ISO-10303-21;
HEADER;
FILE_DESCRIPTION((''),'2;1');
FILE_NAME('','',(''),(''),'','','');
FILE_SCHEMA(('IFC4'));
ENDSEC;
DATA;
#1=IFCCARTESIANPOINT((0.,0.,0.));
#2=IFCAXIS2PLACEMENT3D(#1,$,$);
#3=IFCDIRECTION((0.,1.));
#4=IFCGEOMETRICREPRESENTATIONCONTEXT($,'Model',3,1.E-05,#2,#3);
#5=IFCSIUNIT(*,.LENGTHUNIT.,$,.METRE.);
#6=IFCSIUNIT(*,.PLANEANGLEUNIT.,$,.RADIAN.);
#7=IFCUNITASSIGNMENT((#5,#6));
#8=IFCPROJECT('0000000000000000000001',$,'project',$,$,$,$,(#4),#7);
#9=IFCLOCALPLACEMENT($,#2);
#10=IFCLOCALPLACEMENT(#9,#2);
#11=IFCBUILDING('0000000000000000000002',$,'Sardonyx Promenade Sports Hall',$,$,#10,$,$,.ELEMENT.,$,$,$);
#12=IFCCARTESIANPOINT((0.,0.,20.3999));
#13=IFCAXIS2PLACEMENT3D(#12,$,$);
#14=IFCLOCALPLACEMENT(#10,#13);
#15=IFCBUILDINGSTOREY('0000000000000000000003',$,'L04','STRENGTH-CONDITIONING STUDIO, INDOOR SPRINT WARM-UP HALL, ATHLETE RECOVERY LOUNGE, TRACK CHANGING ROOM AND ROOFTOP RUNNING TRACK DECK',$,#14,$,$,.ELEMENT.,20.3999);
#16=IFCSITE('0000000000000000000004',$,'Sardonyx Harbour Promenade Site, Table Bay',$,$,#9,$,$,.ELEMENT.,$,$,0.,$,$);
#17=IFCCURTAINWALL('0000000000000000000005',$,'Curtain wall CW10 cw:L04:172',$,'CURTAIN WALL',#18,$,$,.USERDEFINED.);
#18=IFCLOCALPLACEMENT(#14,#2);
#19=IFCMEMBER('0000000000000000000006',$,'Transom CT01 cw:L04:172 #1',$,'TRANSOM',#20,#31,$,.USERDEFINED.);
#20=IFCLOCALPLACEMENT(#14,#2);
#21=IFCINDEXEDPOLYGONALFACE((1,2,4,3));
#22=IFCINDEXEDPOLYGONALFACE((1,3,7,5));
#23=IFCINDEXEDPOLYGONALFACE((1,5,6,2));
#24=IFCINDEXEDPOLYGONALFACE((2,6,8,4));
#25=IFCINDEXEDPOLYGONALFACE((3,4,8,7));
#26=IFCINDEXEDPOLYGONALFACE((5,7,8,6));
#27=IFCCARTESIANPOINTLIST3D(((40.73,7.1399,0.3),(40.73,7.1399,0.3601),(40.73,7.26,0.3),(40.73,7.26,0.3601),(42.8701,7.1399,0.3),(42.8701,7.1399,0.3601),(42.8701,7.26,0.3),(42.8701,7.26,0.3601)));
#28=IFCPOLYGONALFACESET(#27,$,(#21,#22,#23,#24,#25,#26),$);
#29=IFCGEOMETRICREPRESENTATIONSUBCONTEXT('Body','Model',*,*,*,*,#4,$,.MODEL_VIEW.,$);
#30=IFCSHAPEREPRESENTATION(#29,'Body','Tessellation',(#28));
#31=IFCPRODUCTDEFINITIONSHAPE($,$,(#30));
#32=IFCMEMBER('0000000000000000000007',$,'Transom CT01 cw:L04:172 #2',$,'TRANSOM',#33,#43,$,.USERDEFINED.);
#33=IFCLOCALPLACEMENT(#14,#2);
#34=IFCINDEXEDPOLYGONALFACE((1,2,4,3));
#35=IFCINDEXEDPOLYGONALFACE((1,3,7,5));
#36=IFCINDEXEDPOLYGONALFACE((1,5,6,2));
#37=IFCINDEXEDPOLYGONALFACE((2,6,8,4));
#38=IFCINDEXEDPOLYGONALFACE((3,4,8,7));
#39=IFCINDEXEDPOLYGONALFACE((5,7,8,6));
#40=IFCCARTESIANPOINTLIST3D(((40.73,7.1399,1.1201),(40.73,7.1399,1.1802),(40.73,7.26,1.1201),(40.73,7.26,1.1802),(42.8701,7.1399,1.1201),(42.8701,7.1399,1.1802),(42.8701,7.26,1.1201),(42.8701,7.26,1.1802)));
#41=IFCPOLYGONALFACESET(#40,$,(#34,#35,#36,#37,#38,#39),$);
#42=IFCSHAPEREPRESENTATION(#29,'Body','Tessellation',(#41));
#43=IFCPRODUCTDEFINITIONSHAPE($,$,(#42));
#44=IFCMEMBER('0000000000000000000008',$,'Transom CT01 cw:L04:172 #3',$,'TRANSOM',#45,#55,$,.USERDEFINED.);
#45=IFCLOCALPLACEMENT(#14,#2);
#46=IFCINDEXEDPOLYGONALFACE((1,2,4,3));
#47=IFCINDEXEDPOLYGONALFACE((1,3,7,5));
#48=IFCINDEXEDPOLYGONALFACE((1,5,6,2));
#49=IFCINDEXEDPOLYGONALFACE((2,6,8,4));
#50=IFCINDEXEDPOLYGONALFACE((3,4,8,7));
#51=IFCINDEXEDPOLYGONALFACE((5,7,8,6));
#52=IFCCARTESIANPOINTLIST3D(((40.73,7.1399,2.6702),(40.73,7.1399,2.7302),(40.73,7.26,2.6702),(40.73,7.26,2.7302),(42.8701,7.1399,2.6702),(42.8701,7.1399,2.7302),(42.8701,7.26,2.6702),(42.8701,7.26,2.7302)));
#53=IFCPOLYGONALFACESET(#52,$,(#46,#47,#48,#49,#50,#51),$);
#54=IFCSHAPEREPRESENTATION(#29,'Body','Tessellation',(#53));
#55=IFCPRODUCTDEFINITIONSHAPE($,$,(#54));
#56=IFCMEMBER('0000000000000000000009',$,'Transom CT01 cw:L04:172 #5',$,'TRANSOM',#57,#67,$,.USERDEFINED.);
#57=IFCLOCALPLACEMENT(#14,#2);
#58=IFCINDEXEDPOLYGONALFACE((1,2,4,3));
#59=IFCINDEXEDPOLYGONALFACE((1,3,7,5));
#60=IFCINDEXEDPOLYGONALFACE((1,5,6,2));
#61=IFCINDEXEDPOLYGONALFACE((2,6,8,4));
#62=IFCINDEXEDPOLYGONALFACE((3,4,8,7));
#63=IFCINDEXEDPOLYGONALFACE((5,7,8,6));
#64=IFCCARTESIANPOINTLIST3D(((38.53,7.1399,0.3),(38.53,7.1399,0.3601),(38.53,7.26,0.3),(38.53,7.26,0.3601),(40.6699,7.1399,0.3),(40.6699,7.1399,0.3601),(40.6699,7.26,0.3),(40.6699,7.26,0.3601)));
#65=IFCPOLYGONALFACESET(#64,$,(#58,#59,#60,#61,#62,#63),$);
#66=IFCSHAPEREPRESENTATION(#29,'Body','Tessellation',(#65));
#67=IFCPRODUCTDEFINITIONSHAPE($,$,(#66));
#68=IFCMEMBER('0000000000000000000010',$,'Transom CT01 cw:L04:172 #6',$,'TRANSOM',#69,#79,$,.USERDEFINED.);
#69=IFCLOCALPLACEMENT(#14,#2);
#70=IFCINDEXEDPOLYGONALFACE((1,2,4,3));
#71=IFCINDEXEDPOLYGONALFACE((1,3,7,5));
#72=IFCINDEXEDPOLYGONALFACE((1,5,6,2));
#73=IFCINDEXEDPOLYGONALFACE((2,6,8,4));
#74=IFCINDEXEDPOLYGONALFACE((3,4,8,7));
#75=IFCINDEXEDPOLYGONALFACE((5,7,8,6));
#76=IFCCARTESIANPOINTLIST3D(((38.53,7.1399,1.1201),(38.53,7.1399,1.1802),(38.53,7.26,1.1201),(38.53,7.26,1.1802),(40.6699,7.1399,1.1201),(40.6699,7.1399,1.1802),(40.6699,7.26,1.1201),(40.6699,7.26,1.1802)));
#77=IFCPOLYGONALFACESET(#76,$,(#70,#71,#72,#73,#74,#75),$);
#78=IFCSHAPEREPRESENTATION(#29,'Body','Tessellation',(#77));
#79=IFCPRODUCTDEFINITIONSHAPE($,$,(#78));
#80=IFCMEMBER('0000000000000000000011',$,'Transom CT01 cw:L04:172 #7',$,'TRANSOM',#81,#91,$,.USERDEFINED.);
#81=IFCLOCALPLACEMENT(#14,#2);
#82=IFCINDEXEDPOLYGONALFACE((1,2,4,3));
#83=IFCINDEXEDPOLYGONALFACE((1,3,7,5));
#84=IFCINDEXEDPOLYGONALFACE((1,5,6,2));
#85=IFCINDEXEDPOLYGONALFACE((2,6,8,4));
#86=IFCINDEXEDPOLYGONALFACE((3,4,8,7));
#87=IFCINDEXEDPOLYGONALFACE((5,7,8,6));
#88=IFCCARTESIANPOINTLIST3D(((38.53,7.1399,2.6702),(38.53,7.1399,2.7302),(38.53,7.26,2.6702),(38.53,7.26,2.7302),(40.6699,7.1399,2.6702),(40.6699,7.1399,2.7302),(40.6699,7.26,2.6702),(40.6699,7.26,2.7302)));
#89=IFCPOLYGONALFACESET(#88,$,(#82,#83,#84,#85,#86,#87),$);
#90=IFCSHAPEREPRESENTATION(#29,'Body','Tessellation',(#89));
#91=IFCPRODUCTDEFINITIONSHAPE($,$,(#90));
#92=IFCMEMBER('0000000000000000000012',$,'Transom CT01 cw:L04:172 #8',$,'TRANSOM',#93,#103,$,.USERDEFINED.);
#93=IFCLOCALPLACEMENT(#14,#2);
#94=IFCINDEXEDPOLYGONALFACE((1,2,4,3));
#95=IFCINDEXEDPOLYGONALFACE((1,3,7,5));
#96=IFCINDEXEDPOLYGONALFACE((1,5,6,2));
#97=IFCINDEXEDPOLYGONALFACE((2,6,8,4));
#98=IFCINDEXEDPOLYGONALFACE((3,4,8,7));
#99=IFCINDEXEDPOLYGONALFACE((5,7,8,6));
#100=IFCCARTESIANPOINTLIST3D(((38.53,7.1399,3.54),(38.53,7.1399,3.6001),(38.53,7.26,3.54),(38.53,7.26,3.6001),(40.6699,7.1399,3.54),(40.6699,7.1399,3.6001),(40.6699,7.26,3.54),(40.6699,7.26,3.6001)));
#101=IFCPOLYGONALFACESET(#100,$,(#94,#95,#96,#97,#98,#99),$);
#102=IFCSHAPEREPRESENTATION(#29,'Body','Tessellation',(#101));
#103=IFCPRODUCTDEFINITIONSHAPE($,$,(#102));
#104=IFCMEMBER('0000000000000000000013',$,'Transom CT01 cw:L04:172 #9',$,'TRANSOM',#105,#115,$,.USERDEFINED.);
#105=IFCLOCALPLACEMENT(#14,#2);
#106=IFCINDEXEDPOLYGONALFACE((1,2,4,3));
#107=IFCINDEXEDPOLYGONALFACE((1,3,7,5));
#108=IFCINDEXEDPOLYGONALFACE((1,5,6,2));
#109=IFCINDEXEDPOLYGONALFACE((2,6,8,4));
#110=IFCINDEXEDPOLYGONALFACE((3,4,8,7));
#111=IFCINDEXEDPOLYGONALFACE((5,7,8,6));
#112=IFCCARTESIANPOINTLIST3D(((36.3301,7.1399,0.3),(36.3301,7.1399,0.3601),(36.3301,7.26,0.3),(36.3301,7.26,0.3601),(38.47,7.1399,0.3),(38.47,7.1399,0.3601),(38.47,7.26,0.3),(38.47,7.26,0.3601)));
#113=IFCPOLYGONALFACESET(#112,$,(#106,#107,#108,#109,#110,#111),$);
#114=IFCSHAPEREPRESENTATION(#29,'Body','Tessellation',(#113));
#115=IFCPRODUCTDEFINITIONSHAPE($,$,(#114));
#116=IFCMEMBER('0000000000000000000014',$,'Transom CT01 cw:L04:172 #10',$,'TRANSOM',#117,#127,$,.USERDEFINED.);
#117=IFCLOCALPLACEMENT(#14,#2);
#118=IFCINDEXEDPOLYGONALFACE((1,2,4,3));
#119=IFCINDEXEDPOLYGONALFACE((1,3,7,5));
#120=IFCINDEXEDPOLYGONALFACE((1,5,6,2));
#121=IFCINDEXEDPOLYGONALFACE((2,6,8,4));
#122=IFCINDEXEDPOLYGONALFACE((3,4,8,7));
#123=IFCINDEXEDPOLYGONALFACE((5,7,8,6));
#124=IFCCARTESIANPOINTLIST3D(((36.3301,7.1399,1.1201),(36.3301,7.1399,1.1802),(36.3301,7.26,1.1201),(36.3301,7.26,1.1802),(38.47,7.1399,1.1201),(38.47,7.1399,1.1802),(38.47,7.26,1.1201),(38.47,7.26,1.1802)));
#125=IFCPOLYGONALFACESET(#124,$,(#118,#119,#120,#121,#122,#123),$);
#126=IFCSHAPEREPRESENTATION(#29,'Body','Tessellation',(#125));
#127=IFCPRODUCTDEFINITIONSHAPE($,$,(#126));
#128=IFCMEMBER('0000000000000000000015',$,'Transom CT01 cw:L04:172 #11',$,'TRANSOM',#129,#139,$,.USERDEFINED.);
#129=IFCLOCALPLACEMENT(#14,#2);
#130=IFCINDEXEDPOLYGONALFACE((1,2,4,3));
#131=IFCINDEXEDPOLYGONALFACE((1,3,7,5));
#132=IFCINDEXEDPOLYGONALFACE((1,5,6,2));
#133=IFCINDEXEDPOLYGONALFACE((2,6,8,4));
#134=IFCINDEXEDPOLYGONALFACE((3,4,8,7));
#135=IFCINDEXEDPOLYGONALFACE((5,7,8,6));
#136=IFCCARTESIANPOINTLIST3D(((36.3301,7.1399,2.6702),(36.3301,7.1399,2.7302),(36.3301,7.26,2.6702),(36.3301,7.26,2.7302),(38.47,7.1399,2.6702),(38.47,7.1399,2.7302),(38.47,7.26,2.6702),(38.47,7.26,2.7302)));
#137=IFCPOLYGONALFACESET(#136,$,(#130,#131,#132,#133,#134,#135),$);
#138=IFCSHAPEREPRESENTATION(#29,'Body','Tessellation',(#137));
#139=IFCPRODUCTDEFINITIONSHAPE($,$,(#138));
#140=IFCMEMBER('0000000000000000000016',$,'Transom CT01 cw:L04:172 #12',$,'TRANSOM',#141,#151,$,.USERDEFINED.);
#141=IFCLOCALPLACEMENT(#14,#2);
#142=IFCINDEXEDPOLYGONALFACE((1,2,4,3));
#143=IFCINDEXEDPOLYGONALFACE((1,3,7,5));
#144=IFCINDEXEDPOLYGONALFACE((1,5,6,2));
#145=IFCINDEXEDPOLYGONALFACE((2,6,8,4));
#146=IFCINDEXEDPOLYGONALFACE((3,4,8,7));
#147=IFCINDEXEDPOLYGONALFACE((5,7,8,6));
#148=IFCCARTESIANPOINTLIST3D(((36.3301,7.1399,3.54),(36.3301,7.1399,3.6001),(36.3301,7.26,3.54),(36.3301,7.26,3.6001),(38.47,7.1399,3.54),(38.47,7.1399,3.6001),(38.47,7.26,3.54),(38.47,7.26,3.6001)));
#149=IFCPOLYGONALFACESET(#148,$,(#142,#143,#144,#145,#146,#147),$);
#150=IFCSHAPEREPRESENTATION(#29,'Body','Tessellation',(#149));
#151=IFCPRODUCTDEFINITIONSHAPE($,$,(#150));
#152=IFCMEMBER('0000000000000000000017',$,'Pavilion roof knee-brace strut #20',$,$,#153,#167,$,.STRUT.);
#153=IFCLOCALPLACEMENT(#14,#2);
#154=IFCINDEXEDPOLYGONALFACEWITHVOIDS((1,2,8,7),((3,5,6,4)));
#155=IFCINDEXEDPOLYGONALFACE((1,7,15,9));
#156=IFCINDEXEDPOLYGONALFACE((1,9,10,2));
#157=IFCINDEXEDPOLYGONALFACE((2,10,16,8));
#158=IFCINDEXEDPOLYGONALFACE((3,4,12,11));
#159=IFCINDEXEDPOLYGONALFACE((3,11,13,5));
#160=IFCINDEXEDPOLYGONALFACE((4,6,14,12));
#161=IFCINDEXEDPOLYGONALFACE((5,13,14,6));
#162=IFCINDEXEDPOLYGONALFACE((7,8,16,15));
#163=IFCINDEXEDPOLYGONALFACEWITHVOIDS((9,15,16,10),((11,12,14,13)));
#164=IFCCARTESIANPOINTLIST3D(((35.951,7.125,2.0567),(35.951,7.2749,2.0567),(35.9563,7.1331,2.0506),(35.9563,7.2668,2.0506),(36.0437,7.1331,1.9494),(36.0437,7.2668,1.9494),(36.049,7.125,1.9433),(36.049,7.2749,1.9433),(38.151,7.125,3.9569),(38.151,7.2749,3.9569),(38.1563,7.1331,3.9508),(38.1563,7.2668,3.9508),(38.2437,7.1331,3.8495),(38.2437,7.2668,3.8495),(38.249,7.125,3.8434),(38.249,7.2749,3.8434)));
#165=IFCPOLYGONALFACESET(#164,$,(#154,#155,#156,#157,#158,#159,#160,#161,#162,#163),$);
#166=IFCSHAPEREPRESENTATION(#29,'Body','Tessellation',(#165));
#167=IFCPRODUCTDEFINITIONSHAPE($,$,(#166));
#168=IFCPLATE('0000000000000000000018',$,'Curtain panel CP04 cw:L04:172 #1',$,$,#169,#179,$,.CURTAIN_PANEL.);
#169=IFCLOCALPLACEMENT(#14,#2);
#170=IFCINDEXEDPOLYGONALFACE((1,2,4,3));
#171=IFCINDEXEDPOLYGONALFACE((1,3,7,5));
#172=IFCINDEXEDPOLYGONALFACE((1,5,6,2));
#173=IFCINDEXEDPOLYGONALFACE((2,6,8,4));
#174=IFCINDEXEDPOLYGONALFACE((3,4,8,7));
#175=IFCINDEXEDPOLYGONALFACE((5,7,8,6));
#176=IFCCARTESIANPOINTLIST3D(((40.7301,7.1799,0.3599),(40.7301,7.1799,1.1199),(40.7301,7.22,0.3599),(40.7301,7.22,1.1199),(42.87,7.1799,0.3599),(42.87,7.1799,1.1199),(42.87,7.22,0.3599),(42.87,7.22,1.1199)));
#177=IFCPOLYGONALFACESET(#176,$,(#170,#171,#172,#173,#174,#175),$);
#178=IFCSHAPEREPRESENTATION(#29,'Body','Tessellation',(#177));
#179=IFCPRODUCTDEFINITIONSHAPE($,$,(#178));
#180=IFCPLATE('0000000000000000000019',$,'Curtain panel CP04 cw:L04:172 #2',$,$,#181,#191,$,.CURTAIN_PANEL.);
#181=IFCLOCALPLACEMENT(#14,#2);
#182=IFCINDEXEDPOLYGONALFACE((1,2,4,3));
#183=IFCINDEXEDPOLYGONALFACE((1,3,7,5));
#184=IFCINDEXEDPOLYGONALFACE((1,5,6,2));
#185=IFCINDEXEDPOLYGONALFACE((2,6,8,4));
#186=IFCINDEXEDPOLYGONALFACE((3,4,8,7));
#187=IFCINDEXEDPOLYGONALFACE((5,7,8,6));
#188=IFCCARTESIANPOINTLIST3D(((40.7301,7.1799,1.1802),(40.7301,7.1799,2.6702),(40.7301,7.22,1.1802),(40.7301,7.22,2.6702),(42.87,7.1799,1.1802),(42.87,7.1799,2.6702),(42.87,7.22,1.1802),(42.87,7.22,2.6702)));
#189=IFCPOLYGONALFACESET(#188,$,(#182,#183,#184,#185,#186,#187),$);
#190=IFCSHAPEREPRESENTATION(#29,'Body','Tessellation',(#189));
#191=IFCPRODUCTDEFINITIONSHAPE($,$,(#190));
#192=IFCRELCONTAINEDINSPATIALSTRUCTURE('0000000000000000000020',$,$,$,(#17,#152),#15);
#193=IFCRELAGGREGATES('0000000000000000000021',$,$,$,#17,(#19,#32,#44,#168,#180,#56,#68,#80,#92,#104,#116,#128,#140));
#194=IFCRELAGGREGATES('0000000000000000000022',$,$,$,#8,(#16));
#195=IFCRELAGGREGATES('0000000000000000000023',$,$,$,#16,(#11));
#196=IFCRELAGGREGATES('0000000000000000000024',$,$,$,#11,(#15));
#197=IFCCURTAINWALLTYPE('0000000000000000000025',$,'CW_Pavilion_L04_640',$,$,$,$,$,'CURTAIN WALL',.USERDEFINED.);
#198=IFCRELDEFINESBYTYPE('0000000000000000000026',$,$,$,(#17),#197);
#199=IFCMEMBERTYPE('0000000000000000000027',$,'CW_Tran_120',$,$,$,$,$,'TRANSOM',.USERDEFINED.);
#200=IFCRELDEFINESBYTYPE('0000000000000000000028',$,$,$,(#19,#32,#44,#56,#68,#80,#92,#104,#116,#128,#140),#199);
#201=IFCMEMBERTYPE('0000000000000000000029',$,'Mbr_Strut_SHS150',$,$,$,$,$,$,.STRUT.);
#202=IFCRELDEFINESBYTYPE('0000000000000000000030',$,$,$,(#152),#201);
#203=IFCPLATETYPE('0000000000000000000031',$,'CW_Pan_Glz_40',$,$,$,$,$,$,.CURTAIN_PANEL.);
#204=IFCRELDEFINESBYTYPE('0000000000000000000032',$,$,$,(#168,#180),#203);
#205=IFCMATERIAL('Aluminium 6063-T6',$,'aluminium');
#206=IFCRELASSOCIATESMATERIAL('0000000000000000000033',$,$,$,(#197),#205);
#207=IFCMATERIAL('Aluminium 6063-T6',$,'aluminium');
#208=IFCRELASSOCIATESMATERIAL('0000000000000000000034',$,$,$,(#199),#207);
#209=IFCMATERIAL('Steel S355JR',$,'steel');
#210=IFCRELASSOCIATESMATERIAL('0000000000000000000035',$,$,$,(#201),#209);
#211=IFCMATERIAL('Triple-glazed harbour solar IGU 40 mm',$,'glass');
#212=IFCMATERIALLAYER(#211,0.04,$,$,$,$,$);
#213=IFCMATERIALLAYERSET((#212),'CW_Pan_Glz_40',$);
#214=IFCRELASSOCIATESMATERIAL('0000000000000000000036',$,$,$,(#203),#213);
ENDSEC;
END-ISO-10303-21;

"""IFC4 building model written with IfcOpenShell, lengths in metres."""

from ifc_helpers import new_model, si_unit, direction, frame, origin, origin_2d, place, context, subcontext, project, spatial, rectangle, hollow_rectangle, extrude, material, layer, layer_set, material_profile, profile_set, type_object, element, aggregate, save


model = new_model("IFC4")

# Units and contexts
model_context = context("Model", 3, precision=1e-05, world=origin(), true_north=direction((0.0, 1.0)))
body_context = subcontext(model_context, "Body", "Model", "MODEL_VIEW")
ifc_project = project(units=[si_unit("LENGTHUNIT", "METRE"), si_unit("PLANEANGLEUNIT", "RADIAN")], contexts=[model_context])

# Site, building, storey
site_placement = place(None, origin())
site = spatial("IfcSite", under=ifc_project, at=site_placement, Name="Sardonyx Harbour Promenade Site, Table Bay", CompositionType="ELEMENT", RefElevation=0.0)
building_placement = place(site_placement, origin())
building = spatial("IfcBuilding", under=site, at=building_placement, Name="Sardonyx Promenade Sports Hall", CompositionType="ELEMENT")
storey_placement = place(building_placement, frame((0.0, 0.0, 20.3999)))
storey = spatial("IfcBuildingStorey", under=building, at=storey_placement, Name="L04", Description="STRENGTH-CONDITIONING STUDIO, INDOOR SPRINT WARM-UP HALL, ATHLETE RECOVERY LOUNGE, TRACK CHANGING ROOM AND ROOFTOP RUNNING TRACK DECK", CompositionType="ELEMENT", Elevation=20.3999)

# Curtain wall, members
ifc_material_1 = material(Name="Aluminium 6063-T6", Category="aluminium")
curtain_wall_type = type_object("IfcCurtainWallType", Name="CW_Pavilion_L04_640", ElementType="CURTAIN WALL", PredefinedType="USERDEFINED", material=ifc_material_1)
curtain_wall_placement = place(storey_placement, origin())
curtain_wall = element("IfcCurtainWall", 1, at=curtain_wall_placement, inside=storey, type_object=curtain_wall_type, Name="Curtain wall CW10 cw:L04:172", ObjectType="CURTAIN WALL", PredefinedType="USERDEFINED")
ifc_material_2 = material(Name="Aluminium 6063-T6", Category="aluminium")
ifc_material_profile_1 = material_profile(ifc_material_2, rectangle(XDim=0.0601, YDim=0.1201, at=origin_2d()))
ifc_profile_set_1 = profile_set([ifc_material_profile_1], Name="Aluminium 6063-T6")
member_type_1 = type_object("IfcMemberType", Name="CW_Tran_120", ElementType="TRANSOM", PredefinedType="USERDEFINED", material=ifc_profile_set_1)
member_1_placement = place(storey_placement, frame((42.8701, 7.2, 0.3301), z_axis=(-1.0, 0.0, 0.0), x_axis=(0.0, 0.0, 1.0)))
member_1 = element("IfcMember", 2, at=member_1_placement, type_object=member_type_1, Name="Transom CT01 cw:L04:172 #1", ObjectType="TRANSOM", PredefinedType="USERDEFINED", context=body_context, shape_type="SweptSolid", body=[
    extrude(rectangle(XDim=0.0601, YDim=0.1201, at=origin_2d()), origin(), (0.0, 0.0, 1.0), 2.1401),
])
member_2_placement = place(storey_placement, frame((42.8701, 7.2, 1.1501), z_axis=(-1.0, 0.0, 0.0), x_axis=(0.0, 0.0, 1.0)))
member_2 = element("IfcMember", 3, at=member_2_placement, type_object=member_type_1, Name="Transom CT01 cw:L04:172 #2", ObjectType="TRANSOM", PredefinedType="USERDEFINED", context=body_context, shape_type="SweptSolid", body=[
    extrude(rectangle(XDim=0.0601, YDim=0.1201, at=origin_2d()), origin(), (0.0, 0.0, 1.0), 2.1401),
])
member_3_placement = place(storey_placement, frame((42.8701, 7.2, 2.7002), z_axis=(-1.0, 0.0, 0.0), x_axis=(0.0, 0.0, 1.0)))
member_3 = element("IfcMember", 4, at=member_3_placement, type_object=member_type_1, Name="Transom CT01 cw:L04:172 #3", ObjectType="TRANSOM", PredefinedType="USERDEFINED", context=body_context, shape_type="SweptSolid", body=[
    extrude(rectangle(XDim=0.0601, YDim=0.1201, at=origin_2d()), origin(), (0.0, 0.0, 1.0), 2.1401),
])
member_4_placement = place(storey_placement, frame((40.6699, 7.2, 0.3301), z_axis=(-1.0, 0.0, 0.0), x_axis=(0.0, 0.0, 1.0)))
member_4 = element("IfcMember", 5, at=member_4_placement, type_object=member_type_1, Name="Transom CT01 cw:L04:172 #5", ObjectType="TRANSOM", PredefinedType="USERDEFINED", context=body_context, shape_type="SweptSolid", body=[
    extrude(rectangle(XDim=0.0601, YDim=0.1201, at=origin_2d()), origin(), (0.0, 0.0, 1.0), 2.1399),
])
member_5_placement = place(storey_placement, frame((40.6699, 7.2, 1.1501), z_axis=(-1.0, 0.0, 0.0), x_axis=(0.0, 0.0, 1.0)))
member_5 = element("IfcMember", 6, at=member_5_placement, type_object=member_type_1, Name="Transom CT01 cw:L04:172 #6", ObjectType="TRANSOM", PredefinedType="USERDEFINED", context=body_context, shape_type="SweptSolid", body=[
    extrude(rectangle(XDim=0.0601, YDim=0.1201, at=origin_2d()), origin(), (0.0, 0.0, 1.0), 2.1399),
])
member_6_placement = place(storey_placement, frame((40.6699, 7.2, 2.7002), z_axis=(-1.0, 0.0, 0.0), x_axis=(0.0, 0.0, 1.0)))
member_6 = element("IfcMember", 7, at=member_6_placement, type_object=member_type_1, Name="Transom CT01 cw:L04:172 #7", ObjectType="TRANSOM", PredefinedType="USERDEFINED", context=body_context, shape_type="SweptSolid", body=[
    extrude(rectangle(XDim=0.0601, YDim=0.1201, at=origin_2d()), origin(), (0.0, 0.0, 1.0), 2.1399),
])
member_7_placement = place(storey_placement, frame((40.6699, 7.2, 3.5701), z_axis=(-1.0, 0.0, 0.0), x_axis=(0.0, 0.0, 1.0)))
member_7 = element("IfcMember", 8, at=member_7_placement, type_object=member_type_1, Name="Transom CT01 cw:L04:172 #8", ObjectType="TRANSOM", PredefinedType="USERDEFINED", context=body_context, shape_type="SweptSolid", body=[
    extrude(rectangle(XDim=0.0601, YDim=0.1201, at=origin_2d()), origin(), (0.0, 0.0, 1.0), 2.1399),
])
member_8_placement = place(storey_placement, frame((38.47, 7.2, 0.3301), z_axis=(-1.0, 0.0, 0.0), x_axis=(0.0, 0.0, 1.0)))
member_8 = element("IfcMember", 9, at=member_8_placement, type_object=member_type_1, Name="Transom CT01 cw:L04:172 #9", ObjectType="TRANSOM", PredefinedType="USERDEFINED", context=body_context, shape_type="SweptSolid", body=[
    extrude(rectangle(XDim=0.0601, YDim=0.1201, at=origin_2d()), origin(), (0.0, 0.0, 1.0), 2.1399),
])
member_9_placement = place(storey_placement, frame((38.47, 7.2, 1.1501), z_axis=(-1.0, 0.0, 0.0), x_axis=(0.0, 0.0, 1.0)))
member_9 = element("IfcMember", 10, at=member_9_placement, type_object=member_type_1, Name="Transom CT01 cw:L04:172 #10", ObjectType="TRANSOM", PredefinedType="USERDEFINED", context=body_context, shape_type="SweptSolid", body=[
    extrude(rectangle(XDim=0.0601, YDim=0.1201, at=origin_2d()), origin(), (0.0, 0.0, 1.0), 2.1399),
])
member_10_placement = place(storey_placement, frame((38.47, 7.2, 2.7002), z_axis=(-1.0, 0.0, 0.0), x_axis=(0.0, 0.0, 1.0)))
member_10 = element("IfcMember", 11, at=member_10_placement, type_object=member_type_1, Name="Transom CT01 cw:L04:172 #11", ObjectType="TRANSOM", PredefinedType="USERDEFINED", context=body_context, shape_type="SweptSolid", body=[
    extrude(rectangle(XDim=0.0601, YDim=0.1201, at=origin_2d()), origin(), (0.0, 0.0, 1.0), 2.1399),
])
member_11_placement = place(storey_placement, frame((38.47, 7.2, 3.5701), z_axis=(-1.0, 0.0, 0.0), x_axis=(0.0, 0.0, 1.0)))
member_11 = element("IfcMember", 12, at=member_11_placement, type_object=member_type_1, Name="Transom CT01 cw:L04:172 #12", ObjectType="TRANSOM", PredefinedType="USERDEFINED", context=body_context, shape_type="SweptSolid", body=[
    extrude(rectangle(XDim=0.0601, YDim=0.1201, at=origin_2d()), origin(), (0.0, 0.0, 1.0), 2.1399),
])

# Member
ifc_material_3 = material(Name="Steel S355JR", Category="steel")
ifc_material_profile_2 = material_profile(ifc_material_3, hollow_rectangle(XDim=0.1499, YDim=0.1499, WallThickness=0.0081, at=origin_2d()))
ifc_profile_set_2 = profile_set([ifc_material_profile_2], Name="Steel S355JR")
member_type_2 = type_object("IfcMemberType", Name="Mbr_Strut_SHS150", PredefinedType="STRUT", material=ifc_profile_set_2)
member_12_placement = place(storey_placement, frame((36.0, 7.2, 2.0), z_axis=(0.756791, 0.0, 0.653657), x_axis=(0.0, 1.0, 0.0)))
element("IfcMember", 13, at=member_12_placement, inside=storey, type_object=member_type_2, Name="Pavilion roof knee-brace strut #20", PredefinedType="STRUT", context=body_context, shape_type="SweptSolid", body=[
    extrude(hollow_rectangle(XDim=0.1499, YDim=0.1499, WallThickness=0.0081, at=origin_2d()), origin(), (0.0, 0.0, 1.0), 2.907),
])

# Plates
ifc_material_4 = material(Name="Triple-glazed harbour solar IGU 40 mm", Category="glass")
ifc_layer_1 = layer(ifc_material_4, 0.04)
ifc_layer_set_1 = layer_set([ifc_layer_1], Name="CW_Pan_Glz_40")
plate_type_1 = type_object("IfcPlateType", Name="CW_Pan_Glz_40", PredefinedType="CURTAIN_PANEL", material=ifc_layer_set_1)
plate_1_placement = place(storey_placement, frame((41.8, 7.2, 0.3599), z_axis=(0.0, 0.0, 1.0), x_axis=(-1.0, 0.0, 0.0)))
plate_1 = element("IfcPlate", 14, at=plate_1_placement, type_object=plate_type_1, Name="Curtain panel CP04 cw:L04:172 #1", PredefinedType="CURTAIN_PANEL", context=body_context, shape_type="SweptSolid", body=[
    extrude(rectangle(XDim=2.1399, YDim=0.04, at=origin_2d()), origin(), (0.0, 0.0, 1.0), 0.76),
])
plate_2_placement = place(storey_placement, frame((41.8, 7.2, 1.1802), z_axis=(0.0, 0.0, 1.0), x_axis=(-1.0, 0.0, 0.0)))
plate_2 = element("IfcPlate", 15, at=plate_2_placement, type_object=plate_type_1, Name="Curtain panel CP04 cw:L04:172 #2", PredefinedType="CURTAIN_PANEL", context=body_context, shape_type="SweptSolid", body=[
    extrude(rectangle(XDim=2.1399, YDim=0.04, at=origin_2d()), origin(), (0.0, 0.0, 1.0), 1.49),
])
aggregate(curtain_wall, [member_1, member_2, member_3, plate_1, plate_2, member_4, member_5, member_6, member_7, member_8, member_9, member_10, member_11])

save(model, "model.ifc")
